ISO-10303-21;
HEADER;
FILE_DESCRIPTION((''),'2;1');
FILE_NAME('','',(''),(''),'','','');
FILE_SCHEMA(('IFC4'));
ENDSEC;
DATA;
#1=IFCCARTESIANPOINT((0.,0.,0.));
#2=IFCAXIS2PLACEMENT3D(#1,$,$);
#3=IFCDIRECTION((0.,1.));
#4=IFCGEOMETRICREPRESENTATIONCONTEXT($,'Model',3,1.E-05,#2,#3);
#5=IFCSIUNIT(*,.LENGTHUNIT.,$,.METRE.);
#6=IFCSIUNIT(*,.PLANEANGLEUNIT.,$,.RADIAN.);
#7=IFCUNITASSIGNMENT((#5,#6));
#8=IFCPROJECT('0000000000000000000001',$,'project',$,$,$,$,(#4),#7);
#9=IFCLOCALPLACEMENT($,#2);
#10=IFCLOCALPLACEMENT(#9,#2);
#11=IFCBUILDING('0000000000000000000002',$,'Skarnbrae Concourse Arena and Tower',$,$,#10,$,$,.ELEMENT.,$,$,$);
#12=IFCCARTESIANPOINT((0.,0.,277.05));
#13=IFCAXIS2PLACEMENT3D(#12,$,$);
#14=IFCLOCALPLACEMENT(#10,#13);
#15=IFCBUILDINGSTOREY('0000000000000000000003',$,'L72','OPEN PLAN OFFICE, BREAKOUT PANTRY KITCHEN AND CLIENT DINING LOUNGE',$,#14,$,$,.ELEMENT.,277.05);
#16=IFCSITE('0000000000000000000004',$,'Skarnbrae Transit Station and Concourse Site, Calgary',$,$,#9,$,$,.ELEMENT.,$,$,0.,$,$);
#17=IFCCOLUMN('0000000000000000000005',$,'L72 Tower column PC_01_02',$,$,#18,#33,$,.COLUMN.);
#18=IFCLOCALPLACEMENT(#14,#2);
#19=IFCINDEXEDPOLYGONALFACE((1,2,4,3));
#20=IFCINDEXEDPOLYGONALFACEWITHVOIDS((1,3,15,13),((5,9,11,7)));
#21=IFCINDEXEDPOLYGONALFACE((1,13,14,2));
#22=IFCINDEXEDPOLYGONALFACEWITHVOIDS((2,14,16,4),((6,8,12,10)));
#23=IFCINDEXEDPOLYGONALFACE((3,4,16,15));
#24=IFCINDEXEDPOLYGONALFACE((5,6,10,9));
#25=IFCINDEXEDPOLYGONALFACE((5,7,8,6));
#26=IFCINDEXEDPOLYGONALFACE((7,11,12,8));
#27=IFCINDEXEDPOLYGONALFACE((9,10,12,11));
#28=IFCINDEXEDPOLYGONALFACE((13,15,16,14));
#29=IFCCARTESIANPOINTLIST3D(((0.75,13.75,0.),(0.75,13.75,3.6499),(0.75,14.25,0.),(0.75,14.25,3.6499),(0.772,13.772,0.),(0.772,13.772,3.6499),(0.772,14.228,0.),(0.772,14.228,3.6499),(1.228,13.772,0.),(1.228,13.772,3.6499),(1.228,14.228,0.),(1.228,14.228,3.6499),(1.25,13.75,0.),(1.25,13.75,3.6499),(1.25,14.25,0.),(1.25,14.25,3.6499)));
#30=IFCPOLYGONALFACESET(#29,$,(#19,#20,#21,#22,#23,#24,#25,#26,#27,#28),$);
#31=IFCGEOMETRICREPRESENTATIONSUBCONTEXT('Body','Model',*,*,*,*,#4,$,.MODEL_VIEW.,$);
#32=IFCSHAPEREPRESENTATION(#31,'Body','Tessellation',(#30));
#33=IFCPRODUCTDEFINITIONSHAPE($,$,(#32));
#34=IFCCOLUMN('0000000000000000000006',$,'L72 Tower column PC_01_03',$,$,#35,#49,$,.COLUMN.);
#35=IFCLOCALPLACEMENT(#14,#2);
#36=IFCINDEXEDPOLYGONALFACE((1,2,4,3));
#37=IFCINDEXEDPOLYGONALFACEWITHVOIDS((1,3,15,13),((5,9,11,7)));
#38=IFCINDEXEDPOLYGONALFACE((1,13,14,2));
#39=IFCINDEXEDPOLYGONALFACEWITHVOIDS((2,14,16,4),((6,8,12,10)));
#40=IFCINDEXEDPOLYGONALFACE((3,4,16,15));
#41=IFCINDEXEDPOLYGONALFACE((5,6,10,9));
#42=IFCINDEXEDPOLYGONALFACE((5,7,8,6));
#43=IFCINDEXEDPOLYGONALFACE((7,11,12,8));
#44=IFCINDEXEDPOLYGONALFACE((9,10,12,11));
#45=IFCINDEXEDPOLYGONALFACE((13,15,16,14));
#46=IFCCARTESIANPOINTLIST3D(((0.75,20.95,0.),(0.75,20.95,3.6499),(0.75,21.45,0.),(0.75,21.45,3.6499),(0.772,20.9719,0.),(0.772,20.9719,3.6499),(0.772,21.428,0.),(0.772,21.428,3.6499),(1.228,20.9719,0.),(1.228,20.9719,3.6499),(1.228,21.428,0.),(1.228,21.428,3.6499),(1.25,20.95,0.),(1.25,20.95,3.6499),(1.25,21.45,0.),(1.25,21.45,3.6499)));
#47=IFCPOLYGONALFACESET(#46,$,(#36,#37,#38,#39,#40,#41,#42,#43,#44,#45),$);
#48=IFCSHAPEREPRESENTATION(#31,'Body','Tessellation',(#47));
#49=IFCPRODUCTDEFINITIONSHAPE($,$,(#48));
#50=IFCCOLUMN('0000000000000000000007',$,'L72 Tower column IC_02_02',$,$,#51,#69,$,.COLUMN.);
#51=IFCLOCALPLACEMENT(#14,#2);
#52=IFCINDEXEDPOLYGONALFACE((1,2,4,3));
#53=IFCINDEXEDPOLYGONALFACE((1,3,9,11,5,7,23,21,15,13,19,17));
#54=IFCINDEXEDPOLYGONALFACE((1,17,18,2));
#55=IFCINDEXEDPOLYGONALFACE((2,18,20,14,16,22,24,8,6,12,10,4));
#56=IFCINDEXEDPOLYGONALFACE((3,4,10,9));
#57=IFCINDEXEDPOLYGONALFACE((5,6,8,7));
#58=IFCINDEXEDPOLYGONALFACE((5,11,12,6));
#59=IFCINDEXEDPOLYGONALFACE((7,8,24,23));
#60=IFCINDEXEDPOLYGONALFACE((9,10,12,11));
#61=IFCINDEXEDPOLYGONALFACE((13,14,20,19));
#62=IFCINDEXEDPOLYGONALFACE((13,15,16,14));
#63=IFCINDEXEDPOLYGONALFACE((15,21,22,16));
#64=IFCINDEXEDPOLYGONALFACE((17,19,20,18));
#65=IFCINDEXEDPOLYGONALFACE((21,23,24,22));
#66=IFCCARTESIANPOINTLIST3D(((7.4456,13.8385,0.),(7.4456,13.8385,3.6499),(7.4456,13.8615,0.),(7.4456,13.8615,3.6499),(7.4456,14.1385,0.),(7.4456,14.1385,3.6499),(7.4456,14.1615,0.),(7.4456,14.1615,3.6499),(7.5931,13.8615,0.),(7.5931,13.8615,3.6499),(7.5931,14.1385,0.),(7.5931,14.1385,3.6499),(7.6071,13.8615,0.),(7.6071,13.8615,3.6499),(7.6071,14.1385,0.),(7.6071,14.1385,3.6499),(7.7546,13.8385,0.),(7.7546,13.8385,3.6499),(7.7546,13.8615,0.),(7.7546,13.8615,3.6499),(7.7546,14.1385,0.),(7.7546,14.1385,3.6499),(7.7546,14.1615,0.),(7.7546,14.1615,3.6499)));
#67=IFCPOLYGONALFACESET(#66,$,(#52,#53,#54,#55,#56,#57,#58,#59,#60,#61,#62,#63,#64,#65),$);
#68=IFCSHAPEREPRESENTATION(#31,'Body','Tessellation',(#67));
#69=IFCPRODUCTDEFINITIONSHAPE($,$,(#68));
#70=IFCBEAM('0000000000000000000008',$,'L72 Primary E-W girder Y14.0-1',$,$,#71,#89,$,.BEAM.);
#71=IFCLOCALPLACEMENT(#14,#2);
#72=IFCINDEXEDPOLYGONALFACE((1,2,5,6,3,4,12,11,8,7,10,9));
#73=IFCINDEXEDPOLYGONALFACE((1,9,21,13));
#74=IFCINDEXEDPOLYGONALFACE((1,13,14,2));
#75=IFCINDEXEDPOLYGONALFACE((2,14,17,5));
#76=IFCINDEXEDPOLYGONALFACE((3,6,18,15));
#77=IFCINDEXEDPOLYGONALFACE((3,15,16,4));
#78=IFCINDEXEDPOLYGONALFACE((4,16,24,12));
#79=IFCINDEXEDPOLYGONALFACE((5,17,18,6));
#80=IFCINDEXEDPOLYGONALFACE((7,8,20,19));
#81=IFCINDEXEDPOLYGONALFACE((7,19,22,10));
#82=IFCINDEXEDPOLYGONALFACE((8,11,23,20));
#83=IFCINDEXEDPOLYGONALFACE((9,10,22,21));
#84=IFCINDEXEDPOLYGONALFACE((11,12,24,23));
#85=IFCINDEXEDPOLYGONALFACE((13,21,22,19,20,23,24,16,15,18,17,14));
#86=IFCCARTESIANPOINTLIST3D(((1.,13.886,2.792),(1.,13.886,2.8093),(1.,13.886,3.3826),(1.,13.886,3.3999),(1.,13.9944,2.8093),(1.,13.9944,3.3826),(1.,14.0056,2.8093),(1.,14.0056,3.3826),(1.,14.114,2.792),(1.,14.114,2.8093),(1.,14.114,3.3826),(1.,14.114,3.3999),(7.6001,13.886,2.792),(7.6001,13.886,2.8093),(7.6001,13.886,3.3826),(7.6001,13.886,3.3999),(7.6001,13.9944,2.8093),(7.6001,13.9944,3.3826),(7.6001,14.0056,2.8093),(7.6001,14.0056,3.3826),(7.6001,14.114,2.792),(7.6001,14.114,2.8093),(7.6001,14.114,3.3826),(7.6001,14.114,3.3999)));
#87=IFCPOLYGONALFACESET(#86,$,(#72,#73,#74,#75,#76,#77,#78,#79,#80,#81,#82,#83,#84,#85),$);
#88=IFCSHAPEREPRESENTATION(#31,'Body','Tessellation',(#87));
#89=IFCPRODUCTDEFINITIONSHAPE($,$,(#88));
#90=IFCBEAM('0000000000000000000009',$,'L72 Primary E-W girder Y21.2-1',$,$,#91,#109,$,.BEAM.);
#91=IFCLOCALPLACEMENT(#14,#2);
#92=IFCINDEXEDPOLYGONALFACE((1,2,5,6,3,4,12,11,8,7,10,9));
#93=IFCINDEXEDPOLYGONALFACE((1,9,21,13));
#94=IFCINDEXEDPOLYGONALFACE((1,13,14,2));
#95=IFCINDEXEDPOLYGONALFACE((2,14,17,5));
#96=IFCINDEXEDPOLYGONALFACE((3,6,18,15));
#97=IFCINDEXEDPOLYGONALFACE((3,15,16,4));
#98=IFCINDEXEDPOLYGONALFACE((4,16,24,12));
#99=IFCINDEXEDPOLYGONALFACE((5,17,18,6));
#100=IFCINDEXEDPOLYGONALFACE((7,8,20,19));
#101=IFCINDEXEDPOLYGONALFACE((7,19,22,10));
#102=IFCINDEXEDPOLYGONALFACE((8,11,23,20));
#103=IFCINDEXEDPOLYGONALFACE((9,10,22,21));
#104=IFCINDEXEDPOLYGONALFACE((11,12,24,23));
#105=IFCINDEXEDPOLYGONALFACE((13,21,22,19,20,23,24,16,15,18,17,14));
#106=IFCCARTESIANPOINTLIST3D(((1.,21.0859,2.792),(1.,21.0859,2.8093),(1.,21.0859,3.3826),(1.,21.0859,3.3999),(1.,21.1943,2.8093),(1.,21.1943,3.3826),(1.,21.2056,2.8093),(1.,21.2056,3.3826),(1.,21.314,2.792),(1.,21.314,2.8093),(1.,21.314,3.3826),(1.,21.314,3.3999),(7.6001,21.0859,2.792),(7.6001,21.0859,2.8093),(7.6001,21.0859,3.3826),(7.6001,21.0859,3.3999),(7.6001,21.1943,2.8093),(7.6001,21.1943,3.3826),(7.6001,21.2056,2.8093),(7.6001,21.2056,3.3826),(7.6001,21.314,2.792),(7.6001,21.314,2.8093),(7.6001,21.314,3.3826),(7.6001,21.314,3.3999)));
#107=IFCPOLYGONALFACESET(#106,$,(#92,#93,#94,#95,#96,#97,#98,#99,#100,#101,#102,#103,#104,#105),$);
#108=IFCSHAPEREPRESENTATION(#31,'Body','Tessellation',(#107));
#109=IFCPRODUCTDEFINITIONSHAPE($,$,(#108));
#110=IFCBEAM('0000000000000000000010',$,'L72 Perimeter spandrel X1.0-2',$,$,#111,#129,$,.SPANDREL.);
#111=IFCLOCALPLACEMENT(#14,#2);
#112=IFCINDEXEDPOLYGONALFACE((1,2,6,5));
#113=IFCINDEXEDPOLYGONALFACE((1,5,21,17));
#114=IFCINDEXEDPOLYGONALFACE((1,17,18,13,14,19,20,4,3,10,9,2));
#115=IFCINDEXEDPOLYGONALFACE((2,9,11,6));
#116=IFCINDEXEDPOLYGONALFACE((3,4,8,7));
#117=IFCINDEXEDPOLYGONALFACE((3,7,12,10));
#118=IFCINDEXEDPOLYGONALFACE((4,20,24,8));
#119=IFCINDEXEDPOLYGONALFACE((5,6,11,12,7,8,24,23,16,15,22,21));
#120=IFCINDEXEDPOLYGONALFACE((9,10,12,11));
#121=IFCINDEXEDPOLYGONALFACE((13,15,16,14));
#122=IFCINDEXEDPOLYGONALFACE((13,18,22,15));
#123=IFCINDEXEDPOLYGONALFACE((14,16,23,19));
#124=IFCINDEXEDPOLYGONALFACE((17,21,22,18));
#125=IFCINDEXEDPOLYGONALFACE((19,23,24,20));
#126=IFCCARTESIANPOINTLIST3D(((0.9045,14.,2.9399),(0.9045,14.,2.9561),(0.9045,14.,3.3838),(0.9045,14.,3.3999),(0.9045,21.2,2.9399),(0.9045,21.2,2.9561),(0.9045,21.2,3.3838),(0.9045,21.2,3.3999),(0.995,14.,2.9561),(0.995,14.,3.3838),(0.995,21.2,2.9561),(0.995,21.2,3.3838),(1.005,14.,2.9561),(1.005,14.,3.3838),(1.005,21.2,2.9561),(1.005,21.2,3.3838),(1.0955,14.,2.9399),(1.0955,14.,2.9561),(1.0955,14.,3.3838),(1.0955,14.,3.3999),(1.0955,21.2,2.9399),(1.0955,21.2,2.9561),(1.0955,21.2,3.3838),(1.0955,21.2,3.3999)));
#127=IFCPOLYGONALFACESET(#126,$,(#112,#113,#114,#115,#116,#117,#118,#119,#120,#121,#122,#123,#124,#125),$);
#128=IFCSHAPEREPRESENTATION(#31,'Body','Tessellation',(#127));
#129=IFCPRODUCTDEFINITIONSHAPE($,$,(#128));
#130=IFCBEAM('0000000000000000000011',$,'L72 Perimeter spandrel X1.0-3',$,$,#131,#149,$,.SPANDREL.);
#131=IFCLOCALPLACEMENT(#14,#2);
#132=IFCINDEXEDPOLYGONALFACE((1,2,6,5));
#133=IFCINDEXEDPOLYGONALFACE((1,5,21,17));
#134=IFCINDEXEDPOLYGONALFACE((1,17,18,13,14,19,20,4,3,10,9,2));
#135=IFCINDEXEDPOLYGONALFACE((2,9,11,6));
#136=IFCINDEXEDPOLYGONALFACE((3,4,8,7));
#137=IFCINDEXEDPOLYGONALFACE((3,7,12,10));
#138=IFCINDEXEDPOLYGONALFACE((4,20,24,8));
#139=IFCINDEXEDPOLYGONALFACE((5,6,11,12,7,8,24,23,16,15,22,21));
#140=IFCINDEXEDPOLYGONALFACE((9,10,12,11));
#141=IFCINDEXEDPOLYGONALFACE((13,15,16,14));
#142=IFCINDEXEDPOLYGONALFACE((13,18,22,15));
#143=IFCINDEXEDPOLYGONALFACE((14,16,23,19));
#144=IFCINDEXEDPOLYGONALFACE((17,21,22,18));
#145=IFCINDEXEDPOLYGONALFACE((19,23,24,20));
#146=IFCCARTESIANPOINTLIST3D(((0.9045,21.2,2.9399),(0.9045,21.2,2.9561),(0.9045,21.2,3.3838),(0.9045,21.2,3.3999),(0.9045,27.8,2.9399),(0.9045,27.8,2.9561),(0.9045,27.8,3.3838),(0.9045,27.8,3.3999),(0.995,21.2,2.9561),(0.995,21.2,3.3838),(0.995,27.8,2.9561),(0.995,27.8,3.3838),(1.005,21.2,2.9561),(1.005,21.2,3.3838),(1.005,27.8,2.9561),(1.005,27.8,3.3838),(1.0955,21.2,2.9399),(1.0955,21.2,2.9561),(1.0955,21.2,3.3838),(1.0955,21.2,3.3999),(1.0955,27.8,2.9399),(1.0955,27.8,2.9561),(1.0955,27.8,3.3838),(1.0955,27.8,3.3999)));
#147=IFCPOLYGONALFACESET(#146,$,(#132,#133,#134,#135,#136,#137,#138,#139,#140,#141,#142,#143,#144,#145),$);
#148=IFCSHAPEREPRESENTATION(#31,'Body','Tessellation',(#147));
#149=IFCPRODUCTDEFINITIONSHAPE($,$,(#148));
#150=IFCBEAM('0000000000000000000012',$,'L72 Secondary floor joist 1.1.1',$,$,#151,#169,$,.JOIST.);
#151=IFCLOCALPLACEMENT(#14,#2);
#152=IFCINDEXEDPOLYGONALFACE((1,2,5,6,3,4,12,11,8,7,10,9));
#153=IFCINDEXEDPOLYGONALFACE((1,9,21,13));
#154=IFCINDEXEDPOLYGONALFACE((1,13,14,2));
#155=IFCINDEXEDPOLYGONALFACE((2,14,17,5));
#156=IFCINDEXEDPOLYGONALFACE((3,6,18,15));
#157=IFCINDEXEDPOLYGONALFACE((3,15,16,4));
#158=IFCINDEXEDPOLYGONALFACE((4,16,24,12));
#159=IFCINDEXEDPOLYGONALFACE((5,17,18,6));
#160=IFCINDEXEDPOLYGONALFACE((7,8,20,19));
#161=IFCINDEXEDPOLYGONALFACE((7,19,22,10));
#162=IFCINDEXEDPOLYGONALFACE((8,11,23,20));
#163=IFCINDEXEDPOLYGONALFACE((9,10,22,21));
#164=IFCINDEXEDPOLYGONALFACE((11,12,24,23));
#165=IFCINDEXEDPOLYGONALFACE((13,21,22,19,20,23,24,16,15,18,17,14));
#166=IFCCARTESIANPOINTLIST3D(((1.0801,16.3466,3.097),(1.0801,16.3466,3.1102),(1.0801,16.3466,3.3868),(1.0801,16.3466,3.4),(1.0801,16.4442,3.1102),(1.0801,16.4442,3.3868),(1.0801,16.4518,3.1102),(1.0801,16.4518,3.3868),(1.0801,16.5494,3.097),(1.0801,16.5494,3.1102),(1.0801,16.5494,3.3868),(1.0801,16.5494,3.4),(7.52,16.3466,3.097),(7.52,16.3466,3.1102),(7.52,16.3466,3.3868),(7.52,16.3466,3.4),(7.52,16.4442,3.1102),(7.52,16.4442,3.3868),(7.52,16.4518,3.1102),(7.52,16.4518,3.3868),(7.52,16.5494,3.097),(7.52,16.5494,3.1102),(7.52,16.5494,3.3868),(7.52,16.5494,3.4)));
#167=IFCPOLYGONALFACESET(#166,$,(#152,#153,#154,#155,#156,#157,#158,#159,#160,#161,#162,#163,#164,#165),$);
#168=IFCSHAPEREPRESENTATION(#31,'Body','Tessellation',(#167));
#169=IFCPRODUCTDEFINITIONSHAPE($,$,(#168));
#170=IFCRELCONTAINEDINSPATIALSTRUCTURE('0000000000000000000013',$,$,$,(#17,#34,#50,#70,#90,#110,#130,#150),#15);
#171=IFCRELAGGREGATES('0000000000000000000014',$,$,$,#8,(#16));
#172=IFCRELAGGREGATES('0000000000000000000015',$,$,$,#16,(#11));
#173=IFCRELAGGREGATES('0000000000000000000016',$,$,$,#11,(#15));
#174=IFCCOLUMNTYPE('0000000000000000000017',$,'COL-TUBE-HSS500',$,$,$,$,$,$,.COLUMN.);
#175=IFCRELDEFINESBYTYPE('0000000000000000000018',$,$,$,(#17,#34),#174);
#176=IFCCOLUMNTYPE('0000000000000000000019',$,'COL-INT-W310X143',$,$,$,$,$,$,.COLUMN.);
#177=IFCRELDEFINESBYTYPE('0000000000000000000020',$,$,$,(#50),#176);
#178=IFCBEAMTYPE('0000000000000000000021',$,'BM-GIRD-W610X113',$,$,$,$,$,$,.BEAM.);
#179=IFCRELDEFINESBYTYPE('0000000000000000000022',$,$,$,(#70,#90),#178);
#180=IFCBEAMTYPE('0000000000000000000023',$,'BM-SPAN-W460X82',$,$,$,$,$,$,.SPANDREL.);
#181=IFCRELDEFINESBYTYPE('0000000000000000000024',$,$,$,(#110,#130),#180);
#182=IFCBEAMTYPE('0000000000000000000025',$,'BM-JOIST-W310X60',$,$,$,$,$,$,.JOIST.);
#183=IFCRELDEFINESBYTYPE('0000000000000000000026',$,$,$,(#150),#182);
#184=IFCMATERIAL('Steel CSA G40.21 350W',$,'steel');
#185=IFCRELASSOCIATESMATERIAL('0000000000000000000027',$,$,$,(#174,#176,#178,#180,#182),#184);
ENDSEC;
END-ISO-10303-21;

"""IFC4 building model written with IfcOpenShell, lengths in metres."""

from ifc_helpers import new_model, si_unit, direction, frame, origin, origin_2d, place, context, subcontext, project, spatial, hollow_rectangle, i_section, extrude, source, transform, mapped, material, material_profile, profile_set, type_object, element, save


model = new_model("IFC4")

# Units and contexts
model_context = context("Model", 3, precision=1e-05, world=origin(), true_north=direction((0.0, 1.0)))
body_context = subcontext(model_context, "Body", "Model", "MODEL_VIEW")
ifc_project = project(units=[si_unit("LENGTHUNIT", "METRE"), si_unit("PLANEANGLEUNIT", "RADIAN")], contexts=[model_context])

# Site, building, storey
site_placement = place(None, origin())
site = spatial("IfcSite", under=ifc_project, at=site_placement, Name="Skarnbrae Transit Station and Concourse Site, Calgary", CompositionType="ELEMENT", RefElevation=0.0)
building_placement = place(site_placement, origin())
building = spatial("IfcBuilding", under=site, at=building_placement, Name="Skarnbrae Concourse Arena and Tower", CompositionType="ELEMENT")
storey_placement = place(building_placement, frame((0.0, 0.0, 277.05)))
storey = spatial("IfcBuildingStorey", under=building, at=storey_placement, Name="L72", Description="OPEN PLAN OFFICE, BREAKOUT PANTRY KITCHEN AND CLIENT DINING LOUNGE", CompositionType="ELEMENT", Elevation=277.05)

# Columns
ifc_material_1 = material(Name="Steel CSA G40.21 350W", Category="steel")
ifc_material_profile_1 = material_profile(ifc_material_1, hollow_rectangle(XDim=0.5, YDim=0.5, WallThickness=0.022, at=origin_2d()), Name="HSS500X500X22.0")
ifc_profile_set_1 = profile_set([ifc_material_profile_1], Name="Steel CSA G40.21 350W")
column_type_1 = type_object("IfcColumnType", Name="COL-TUBE-HSS500", PredefinedType="COLUMN", material=ifc_profile_set_1)
shared_shape_1 = source(origin(), body_context, "Body", "SweptSolid", [
    extrude(hollow_rectangle(XDim=0.5, YDim=0.5, WallThickness=0.022, at=origin_2d()), origin(), (0.0, 0.0, 1.0), 3.6499),
])
for number, where, z_axis, x_axis, name in (
    (1, (1.0, 14.0, 0.0), (0.0, 0.0, 1.0), (1.0, 0.0, 0.0), "L72 Tower column PC_01_02"),
    (2, (1.0, 21.2, 0.0), (0.0, 0.0, 1.0), (1.0, 0.0, 0.0), "L72 Tower column PC_01_03"),
):
    element("IfcColumn", number, at=place(storey_placement, frame(where, z_axis=z_axis, x_axis=x_axis)), inside=storey, type_object=column_type_1, Name=name, PredefinedType="COLUMN", context=body_context, shape_type="MappedRepresentation", body=[
        mapped(shared_shape_1, transform((0.0, 0.0, 0.0))),
    ])
ifc_material_profile_2 = material_profile(ifc_material_1, i_section(OverallWidth=0.3091, OverallDepth=0.323, WebThickness=0.0139, FlangeThickness=0.0229, at=origin_2d()), Name="W310X143")
ifc_profile_set_2 = profile_set([ifc_material_profile_2], Name="Steel CSA G40.21 350W")
column_type_2 = type_object("IfcColumnType", Name="COL-INT-W310X143", PredefinedType="COLUMN", material=ifc_profile_set_2)
shared_shape_2 = source(origin(), body_context, "Body", "SweptSolid", [
    extrude(i_section(OverallWidth=0.3091, OverallDepth=0.323, WebThickness=0.0139, FlangeThickness=0.0229, at=origin_2d()), origin(), (0.0, 0.0, 1.0), 3.6499),
])
column_placement = place(storey_placement, frame((7.6001, 14.0, 0.0), z_axis=(0.0, 0.0, 1.0), x_axis=(1.0, 0.0, 0.0)))
element("IfcColumn", 3, at=column_placement, inside=storey, type_object=column_type_2, Name="L72 Tower column IC_02_02", PredefinedType="COLUMN", context=body_context, shape_type="MappedRepresentation", body=[
    mapped(shared_shape_2, transform((0.0, 0.0, 0.0))),
])

# Beams
ifc_material_profile_3 = material_profile(ifc_material_1, i_section(OverallWidth=0.228, OverallDepth=0.6079, WebThickness=0.0112, FlangeThickness=0.0173, at=origin_2d()), Name="W610X113")
ifc_profile_set_3 = profile_set([ifc_material_profile_3], Name="Steel CSA G40.21 350W")
beam_type_1 = type_object("IfcBeamType", Name="BM-GIRD-W610X113", PredefinedType="BEAM", material=ifc_profile_set_3)
shared_shape_3 = source(origin(), body_context, "Body", "SweptSolid", [
    extrude(i_section(OverallWidth=0.228, OverallDepth=0.6079, WebThickness=0.0112, FlangeThickness=0.0173, at=origin_2d()), origin(), (0.0, 0.0, 1.0), 6.6001),
])
for number, where, z_axis, x_axis, name in (
    (4, (1.0, 14.0, 3.0959), (1.0, 0.0, 0.0), (0.0, 1.0, 0.0), "L72 Primary E-W girder Y14.0-1"),
    (5, (1.0, 21.2, 3.0959), (1.0, 0.0, 0.0), (0.0, 1.0, 0.0), "L72 Primary E-W girder Y21.2-1"),
):
    element("IfcBeam", number, at=place(storey_placement, frame(where, z_axis=z_axis, x_axis=x_axis)), inside=storey, type_object=beam_type_1, Name=name, PredefinedType="BEAM", context=body_context, shape_type="MappedRepresentation", body=[
        mapped(shared_shape_3, transform((0.0, 0.0, 0.0))),
    ])
ifc_material_profile_4 = material_profile(ifc_material_1, i_section(OverallWidth=0.1909, OverallDepth=0.46, WebThickness=0.01, FlangeThickness=0.0161, at=origin_2d()), Name="W460X82")
ifc_profile_set_4 = profile_set([ifc_material_profile_4], Name="Steel CSA G40.21 350W")
beam_type_2 = type_object("IfcBeamType", Name="BM-SPAN-W460X82", PredefinedType="SPANDREL", material=ifc_profile_set_4)
shared_shape_4 = source(origin(), body_context, "Body", "SweptSolid", [
    extrude(i_section(OverallWidth=0.1909, OverallDepth=0.46, WebThickness=0.01, FlangeThickness=0.0161, at=origin_2d()), origin(), (0.0, 0.0, 1.0), 7.2),
])
beam_1_placement = place(storey_placement, frame((1.0, 14.0, 3.1699), z_axis=(0.0, 1.0, 0.0), x_axis=(-1.0, 0.0, 0.0)))
element("IfcBeam", 6, at=beam_1_placement, inside=storey, type_object=beam_type_2, Name="L72 Perimeter spandrel X1.0-2", PredefinedType="SPANDREL", context=body_context, shape_type="MappedRepresentation", body=[
    mapped(shared_shape_4, transform((0.0, 0.0, 0.0))),
])
shared_shape_5 = source(origin(), body_context, "Body", "SweptSolid", [
    extrude(i_section(OverallWidth=0.1909, OverallDepth=0.46, WebThickness=0.01, FlangeThickness=0.0161, at=origin_2d()), origin(), (0.0, 0.0, 1.0), 6.6001),
])
beam_2_placement = place(storey_placement, frame((1.0, 21.2, 3.1699), z_axis=(0.0, 1.0, 0.0), x_axis=(-1.0, 0.0, 0.0)))
element("IfcBeam", 7, at=beam_2_placement, inside=storey, type_object=beam_type_2, Name="L72 Perimeter spandrel X1.0-3", PredefinedType="SPANDREL", context=body_context, shape_type="MappedRepresentation", body=[
    mapped(shared_shape_5, transform((0.0, 0.0, 0.0))),
])
ifc_material_profile_5 = material_profile(ifc_material_1, i_section(OverallWidth=0.2029, OverallDepth=0.303, WebThickness=0.0076, FlangeThickness=0.0132, at=origin_2d()), Name="W310X60")
ifc_profile_set_5 = profile_set([ifc_material_profile_5], Name="Steel CSA G40.21 350W")
beam_type_3 = type_object("IfcBeamType", Name="BM-JOIST-W310X60", PredefinedType="JOIST", material=ifc_profile_set_5)
shared_shape_6 = source(origin(), body_context, "Body", "SweptSolid", [
    extrude(i_section(OverallWidth=0.2029, OverallDepth=0.303, WebThickness=0.0076, FlangeThickness=0.0132, at=origin_2d()), origin(), (0.0, 0.0, 1.0), 6.4399),
])
for number, where, z_axis, x_axis, name in (
    (8, (1.0801, 16.448, 3.2485), (1.0, 0.0, 0.0), (0.0, 1.0, 0.0), "L72 Secondary floor joist 1.1.1"),
):
    element("IfcBeam", number, at=place(storey_placement, frame(where, z_axis=z_axis, x_axis=x_axis)), inside=storey, type_object=beam_type_3, Name=name, PredefinedType="JOIST", context=body_context, shape_type="MappedRepresentation", body=[
        mapped(shared_shape_6, transform((0.0, 0.0, 0.0))),
    ])

save(model, "model.ifc")
